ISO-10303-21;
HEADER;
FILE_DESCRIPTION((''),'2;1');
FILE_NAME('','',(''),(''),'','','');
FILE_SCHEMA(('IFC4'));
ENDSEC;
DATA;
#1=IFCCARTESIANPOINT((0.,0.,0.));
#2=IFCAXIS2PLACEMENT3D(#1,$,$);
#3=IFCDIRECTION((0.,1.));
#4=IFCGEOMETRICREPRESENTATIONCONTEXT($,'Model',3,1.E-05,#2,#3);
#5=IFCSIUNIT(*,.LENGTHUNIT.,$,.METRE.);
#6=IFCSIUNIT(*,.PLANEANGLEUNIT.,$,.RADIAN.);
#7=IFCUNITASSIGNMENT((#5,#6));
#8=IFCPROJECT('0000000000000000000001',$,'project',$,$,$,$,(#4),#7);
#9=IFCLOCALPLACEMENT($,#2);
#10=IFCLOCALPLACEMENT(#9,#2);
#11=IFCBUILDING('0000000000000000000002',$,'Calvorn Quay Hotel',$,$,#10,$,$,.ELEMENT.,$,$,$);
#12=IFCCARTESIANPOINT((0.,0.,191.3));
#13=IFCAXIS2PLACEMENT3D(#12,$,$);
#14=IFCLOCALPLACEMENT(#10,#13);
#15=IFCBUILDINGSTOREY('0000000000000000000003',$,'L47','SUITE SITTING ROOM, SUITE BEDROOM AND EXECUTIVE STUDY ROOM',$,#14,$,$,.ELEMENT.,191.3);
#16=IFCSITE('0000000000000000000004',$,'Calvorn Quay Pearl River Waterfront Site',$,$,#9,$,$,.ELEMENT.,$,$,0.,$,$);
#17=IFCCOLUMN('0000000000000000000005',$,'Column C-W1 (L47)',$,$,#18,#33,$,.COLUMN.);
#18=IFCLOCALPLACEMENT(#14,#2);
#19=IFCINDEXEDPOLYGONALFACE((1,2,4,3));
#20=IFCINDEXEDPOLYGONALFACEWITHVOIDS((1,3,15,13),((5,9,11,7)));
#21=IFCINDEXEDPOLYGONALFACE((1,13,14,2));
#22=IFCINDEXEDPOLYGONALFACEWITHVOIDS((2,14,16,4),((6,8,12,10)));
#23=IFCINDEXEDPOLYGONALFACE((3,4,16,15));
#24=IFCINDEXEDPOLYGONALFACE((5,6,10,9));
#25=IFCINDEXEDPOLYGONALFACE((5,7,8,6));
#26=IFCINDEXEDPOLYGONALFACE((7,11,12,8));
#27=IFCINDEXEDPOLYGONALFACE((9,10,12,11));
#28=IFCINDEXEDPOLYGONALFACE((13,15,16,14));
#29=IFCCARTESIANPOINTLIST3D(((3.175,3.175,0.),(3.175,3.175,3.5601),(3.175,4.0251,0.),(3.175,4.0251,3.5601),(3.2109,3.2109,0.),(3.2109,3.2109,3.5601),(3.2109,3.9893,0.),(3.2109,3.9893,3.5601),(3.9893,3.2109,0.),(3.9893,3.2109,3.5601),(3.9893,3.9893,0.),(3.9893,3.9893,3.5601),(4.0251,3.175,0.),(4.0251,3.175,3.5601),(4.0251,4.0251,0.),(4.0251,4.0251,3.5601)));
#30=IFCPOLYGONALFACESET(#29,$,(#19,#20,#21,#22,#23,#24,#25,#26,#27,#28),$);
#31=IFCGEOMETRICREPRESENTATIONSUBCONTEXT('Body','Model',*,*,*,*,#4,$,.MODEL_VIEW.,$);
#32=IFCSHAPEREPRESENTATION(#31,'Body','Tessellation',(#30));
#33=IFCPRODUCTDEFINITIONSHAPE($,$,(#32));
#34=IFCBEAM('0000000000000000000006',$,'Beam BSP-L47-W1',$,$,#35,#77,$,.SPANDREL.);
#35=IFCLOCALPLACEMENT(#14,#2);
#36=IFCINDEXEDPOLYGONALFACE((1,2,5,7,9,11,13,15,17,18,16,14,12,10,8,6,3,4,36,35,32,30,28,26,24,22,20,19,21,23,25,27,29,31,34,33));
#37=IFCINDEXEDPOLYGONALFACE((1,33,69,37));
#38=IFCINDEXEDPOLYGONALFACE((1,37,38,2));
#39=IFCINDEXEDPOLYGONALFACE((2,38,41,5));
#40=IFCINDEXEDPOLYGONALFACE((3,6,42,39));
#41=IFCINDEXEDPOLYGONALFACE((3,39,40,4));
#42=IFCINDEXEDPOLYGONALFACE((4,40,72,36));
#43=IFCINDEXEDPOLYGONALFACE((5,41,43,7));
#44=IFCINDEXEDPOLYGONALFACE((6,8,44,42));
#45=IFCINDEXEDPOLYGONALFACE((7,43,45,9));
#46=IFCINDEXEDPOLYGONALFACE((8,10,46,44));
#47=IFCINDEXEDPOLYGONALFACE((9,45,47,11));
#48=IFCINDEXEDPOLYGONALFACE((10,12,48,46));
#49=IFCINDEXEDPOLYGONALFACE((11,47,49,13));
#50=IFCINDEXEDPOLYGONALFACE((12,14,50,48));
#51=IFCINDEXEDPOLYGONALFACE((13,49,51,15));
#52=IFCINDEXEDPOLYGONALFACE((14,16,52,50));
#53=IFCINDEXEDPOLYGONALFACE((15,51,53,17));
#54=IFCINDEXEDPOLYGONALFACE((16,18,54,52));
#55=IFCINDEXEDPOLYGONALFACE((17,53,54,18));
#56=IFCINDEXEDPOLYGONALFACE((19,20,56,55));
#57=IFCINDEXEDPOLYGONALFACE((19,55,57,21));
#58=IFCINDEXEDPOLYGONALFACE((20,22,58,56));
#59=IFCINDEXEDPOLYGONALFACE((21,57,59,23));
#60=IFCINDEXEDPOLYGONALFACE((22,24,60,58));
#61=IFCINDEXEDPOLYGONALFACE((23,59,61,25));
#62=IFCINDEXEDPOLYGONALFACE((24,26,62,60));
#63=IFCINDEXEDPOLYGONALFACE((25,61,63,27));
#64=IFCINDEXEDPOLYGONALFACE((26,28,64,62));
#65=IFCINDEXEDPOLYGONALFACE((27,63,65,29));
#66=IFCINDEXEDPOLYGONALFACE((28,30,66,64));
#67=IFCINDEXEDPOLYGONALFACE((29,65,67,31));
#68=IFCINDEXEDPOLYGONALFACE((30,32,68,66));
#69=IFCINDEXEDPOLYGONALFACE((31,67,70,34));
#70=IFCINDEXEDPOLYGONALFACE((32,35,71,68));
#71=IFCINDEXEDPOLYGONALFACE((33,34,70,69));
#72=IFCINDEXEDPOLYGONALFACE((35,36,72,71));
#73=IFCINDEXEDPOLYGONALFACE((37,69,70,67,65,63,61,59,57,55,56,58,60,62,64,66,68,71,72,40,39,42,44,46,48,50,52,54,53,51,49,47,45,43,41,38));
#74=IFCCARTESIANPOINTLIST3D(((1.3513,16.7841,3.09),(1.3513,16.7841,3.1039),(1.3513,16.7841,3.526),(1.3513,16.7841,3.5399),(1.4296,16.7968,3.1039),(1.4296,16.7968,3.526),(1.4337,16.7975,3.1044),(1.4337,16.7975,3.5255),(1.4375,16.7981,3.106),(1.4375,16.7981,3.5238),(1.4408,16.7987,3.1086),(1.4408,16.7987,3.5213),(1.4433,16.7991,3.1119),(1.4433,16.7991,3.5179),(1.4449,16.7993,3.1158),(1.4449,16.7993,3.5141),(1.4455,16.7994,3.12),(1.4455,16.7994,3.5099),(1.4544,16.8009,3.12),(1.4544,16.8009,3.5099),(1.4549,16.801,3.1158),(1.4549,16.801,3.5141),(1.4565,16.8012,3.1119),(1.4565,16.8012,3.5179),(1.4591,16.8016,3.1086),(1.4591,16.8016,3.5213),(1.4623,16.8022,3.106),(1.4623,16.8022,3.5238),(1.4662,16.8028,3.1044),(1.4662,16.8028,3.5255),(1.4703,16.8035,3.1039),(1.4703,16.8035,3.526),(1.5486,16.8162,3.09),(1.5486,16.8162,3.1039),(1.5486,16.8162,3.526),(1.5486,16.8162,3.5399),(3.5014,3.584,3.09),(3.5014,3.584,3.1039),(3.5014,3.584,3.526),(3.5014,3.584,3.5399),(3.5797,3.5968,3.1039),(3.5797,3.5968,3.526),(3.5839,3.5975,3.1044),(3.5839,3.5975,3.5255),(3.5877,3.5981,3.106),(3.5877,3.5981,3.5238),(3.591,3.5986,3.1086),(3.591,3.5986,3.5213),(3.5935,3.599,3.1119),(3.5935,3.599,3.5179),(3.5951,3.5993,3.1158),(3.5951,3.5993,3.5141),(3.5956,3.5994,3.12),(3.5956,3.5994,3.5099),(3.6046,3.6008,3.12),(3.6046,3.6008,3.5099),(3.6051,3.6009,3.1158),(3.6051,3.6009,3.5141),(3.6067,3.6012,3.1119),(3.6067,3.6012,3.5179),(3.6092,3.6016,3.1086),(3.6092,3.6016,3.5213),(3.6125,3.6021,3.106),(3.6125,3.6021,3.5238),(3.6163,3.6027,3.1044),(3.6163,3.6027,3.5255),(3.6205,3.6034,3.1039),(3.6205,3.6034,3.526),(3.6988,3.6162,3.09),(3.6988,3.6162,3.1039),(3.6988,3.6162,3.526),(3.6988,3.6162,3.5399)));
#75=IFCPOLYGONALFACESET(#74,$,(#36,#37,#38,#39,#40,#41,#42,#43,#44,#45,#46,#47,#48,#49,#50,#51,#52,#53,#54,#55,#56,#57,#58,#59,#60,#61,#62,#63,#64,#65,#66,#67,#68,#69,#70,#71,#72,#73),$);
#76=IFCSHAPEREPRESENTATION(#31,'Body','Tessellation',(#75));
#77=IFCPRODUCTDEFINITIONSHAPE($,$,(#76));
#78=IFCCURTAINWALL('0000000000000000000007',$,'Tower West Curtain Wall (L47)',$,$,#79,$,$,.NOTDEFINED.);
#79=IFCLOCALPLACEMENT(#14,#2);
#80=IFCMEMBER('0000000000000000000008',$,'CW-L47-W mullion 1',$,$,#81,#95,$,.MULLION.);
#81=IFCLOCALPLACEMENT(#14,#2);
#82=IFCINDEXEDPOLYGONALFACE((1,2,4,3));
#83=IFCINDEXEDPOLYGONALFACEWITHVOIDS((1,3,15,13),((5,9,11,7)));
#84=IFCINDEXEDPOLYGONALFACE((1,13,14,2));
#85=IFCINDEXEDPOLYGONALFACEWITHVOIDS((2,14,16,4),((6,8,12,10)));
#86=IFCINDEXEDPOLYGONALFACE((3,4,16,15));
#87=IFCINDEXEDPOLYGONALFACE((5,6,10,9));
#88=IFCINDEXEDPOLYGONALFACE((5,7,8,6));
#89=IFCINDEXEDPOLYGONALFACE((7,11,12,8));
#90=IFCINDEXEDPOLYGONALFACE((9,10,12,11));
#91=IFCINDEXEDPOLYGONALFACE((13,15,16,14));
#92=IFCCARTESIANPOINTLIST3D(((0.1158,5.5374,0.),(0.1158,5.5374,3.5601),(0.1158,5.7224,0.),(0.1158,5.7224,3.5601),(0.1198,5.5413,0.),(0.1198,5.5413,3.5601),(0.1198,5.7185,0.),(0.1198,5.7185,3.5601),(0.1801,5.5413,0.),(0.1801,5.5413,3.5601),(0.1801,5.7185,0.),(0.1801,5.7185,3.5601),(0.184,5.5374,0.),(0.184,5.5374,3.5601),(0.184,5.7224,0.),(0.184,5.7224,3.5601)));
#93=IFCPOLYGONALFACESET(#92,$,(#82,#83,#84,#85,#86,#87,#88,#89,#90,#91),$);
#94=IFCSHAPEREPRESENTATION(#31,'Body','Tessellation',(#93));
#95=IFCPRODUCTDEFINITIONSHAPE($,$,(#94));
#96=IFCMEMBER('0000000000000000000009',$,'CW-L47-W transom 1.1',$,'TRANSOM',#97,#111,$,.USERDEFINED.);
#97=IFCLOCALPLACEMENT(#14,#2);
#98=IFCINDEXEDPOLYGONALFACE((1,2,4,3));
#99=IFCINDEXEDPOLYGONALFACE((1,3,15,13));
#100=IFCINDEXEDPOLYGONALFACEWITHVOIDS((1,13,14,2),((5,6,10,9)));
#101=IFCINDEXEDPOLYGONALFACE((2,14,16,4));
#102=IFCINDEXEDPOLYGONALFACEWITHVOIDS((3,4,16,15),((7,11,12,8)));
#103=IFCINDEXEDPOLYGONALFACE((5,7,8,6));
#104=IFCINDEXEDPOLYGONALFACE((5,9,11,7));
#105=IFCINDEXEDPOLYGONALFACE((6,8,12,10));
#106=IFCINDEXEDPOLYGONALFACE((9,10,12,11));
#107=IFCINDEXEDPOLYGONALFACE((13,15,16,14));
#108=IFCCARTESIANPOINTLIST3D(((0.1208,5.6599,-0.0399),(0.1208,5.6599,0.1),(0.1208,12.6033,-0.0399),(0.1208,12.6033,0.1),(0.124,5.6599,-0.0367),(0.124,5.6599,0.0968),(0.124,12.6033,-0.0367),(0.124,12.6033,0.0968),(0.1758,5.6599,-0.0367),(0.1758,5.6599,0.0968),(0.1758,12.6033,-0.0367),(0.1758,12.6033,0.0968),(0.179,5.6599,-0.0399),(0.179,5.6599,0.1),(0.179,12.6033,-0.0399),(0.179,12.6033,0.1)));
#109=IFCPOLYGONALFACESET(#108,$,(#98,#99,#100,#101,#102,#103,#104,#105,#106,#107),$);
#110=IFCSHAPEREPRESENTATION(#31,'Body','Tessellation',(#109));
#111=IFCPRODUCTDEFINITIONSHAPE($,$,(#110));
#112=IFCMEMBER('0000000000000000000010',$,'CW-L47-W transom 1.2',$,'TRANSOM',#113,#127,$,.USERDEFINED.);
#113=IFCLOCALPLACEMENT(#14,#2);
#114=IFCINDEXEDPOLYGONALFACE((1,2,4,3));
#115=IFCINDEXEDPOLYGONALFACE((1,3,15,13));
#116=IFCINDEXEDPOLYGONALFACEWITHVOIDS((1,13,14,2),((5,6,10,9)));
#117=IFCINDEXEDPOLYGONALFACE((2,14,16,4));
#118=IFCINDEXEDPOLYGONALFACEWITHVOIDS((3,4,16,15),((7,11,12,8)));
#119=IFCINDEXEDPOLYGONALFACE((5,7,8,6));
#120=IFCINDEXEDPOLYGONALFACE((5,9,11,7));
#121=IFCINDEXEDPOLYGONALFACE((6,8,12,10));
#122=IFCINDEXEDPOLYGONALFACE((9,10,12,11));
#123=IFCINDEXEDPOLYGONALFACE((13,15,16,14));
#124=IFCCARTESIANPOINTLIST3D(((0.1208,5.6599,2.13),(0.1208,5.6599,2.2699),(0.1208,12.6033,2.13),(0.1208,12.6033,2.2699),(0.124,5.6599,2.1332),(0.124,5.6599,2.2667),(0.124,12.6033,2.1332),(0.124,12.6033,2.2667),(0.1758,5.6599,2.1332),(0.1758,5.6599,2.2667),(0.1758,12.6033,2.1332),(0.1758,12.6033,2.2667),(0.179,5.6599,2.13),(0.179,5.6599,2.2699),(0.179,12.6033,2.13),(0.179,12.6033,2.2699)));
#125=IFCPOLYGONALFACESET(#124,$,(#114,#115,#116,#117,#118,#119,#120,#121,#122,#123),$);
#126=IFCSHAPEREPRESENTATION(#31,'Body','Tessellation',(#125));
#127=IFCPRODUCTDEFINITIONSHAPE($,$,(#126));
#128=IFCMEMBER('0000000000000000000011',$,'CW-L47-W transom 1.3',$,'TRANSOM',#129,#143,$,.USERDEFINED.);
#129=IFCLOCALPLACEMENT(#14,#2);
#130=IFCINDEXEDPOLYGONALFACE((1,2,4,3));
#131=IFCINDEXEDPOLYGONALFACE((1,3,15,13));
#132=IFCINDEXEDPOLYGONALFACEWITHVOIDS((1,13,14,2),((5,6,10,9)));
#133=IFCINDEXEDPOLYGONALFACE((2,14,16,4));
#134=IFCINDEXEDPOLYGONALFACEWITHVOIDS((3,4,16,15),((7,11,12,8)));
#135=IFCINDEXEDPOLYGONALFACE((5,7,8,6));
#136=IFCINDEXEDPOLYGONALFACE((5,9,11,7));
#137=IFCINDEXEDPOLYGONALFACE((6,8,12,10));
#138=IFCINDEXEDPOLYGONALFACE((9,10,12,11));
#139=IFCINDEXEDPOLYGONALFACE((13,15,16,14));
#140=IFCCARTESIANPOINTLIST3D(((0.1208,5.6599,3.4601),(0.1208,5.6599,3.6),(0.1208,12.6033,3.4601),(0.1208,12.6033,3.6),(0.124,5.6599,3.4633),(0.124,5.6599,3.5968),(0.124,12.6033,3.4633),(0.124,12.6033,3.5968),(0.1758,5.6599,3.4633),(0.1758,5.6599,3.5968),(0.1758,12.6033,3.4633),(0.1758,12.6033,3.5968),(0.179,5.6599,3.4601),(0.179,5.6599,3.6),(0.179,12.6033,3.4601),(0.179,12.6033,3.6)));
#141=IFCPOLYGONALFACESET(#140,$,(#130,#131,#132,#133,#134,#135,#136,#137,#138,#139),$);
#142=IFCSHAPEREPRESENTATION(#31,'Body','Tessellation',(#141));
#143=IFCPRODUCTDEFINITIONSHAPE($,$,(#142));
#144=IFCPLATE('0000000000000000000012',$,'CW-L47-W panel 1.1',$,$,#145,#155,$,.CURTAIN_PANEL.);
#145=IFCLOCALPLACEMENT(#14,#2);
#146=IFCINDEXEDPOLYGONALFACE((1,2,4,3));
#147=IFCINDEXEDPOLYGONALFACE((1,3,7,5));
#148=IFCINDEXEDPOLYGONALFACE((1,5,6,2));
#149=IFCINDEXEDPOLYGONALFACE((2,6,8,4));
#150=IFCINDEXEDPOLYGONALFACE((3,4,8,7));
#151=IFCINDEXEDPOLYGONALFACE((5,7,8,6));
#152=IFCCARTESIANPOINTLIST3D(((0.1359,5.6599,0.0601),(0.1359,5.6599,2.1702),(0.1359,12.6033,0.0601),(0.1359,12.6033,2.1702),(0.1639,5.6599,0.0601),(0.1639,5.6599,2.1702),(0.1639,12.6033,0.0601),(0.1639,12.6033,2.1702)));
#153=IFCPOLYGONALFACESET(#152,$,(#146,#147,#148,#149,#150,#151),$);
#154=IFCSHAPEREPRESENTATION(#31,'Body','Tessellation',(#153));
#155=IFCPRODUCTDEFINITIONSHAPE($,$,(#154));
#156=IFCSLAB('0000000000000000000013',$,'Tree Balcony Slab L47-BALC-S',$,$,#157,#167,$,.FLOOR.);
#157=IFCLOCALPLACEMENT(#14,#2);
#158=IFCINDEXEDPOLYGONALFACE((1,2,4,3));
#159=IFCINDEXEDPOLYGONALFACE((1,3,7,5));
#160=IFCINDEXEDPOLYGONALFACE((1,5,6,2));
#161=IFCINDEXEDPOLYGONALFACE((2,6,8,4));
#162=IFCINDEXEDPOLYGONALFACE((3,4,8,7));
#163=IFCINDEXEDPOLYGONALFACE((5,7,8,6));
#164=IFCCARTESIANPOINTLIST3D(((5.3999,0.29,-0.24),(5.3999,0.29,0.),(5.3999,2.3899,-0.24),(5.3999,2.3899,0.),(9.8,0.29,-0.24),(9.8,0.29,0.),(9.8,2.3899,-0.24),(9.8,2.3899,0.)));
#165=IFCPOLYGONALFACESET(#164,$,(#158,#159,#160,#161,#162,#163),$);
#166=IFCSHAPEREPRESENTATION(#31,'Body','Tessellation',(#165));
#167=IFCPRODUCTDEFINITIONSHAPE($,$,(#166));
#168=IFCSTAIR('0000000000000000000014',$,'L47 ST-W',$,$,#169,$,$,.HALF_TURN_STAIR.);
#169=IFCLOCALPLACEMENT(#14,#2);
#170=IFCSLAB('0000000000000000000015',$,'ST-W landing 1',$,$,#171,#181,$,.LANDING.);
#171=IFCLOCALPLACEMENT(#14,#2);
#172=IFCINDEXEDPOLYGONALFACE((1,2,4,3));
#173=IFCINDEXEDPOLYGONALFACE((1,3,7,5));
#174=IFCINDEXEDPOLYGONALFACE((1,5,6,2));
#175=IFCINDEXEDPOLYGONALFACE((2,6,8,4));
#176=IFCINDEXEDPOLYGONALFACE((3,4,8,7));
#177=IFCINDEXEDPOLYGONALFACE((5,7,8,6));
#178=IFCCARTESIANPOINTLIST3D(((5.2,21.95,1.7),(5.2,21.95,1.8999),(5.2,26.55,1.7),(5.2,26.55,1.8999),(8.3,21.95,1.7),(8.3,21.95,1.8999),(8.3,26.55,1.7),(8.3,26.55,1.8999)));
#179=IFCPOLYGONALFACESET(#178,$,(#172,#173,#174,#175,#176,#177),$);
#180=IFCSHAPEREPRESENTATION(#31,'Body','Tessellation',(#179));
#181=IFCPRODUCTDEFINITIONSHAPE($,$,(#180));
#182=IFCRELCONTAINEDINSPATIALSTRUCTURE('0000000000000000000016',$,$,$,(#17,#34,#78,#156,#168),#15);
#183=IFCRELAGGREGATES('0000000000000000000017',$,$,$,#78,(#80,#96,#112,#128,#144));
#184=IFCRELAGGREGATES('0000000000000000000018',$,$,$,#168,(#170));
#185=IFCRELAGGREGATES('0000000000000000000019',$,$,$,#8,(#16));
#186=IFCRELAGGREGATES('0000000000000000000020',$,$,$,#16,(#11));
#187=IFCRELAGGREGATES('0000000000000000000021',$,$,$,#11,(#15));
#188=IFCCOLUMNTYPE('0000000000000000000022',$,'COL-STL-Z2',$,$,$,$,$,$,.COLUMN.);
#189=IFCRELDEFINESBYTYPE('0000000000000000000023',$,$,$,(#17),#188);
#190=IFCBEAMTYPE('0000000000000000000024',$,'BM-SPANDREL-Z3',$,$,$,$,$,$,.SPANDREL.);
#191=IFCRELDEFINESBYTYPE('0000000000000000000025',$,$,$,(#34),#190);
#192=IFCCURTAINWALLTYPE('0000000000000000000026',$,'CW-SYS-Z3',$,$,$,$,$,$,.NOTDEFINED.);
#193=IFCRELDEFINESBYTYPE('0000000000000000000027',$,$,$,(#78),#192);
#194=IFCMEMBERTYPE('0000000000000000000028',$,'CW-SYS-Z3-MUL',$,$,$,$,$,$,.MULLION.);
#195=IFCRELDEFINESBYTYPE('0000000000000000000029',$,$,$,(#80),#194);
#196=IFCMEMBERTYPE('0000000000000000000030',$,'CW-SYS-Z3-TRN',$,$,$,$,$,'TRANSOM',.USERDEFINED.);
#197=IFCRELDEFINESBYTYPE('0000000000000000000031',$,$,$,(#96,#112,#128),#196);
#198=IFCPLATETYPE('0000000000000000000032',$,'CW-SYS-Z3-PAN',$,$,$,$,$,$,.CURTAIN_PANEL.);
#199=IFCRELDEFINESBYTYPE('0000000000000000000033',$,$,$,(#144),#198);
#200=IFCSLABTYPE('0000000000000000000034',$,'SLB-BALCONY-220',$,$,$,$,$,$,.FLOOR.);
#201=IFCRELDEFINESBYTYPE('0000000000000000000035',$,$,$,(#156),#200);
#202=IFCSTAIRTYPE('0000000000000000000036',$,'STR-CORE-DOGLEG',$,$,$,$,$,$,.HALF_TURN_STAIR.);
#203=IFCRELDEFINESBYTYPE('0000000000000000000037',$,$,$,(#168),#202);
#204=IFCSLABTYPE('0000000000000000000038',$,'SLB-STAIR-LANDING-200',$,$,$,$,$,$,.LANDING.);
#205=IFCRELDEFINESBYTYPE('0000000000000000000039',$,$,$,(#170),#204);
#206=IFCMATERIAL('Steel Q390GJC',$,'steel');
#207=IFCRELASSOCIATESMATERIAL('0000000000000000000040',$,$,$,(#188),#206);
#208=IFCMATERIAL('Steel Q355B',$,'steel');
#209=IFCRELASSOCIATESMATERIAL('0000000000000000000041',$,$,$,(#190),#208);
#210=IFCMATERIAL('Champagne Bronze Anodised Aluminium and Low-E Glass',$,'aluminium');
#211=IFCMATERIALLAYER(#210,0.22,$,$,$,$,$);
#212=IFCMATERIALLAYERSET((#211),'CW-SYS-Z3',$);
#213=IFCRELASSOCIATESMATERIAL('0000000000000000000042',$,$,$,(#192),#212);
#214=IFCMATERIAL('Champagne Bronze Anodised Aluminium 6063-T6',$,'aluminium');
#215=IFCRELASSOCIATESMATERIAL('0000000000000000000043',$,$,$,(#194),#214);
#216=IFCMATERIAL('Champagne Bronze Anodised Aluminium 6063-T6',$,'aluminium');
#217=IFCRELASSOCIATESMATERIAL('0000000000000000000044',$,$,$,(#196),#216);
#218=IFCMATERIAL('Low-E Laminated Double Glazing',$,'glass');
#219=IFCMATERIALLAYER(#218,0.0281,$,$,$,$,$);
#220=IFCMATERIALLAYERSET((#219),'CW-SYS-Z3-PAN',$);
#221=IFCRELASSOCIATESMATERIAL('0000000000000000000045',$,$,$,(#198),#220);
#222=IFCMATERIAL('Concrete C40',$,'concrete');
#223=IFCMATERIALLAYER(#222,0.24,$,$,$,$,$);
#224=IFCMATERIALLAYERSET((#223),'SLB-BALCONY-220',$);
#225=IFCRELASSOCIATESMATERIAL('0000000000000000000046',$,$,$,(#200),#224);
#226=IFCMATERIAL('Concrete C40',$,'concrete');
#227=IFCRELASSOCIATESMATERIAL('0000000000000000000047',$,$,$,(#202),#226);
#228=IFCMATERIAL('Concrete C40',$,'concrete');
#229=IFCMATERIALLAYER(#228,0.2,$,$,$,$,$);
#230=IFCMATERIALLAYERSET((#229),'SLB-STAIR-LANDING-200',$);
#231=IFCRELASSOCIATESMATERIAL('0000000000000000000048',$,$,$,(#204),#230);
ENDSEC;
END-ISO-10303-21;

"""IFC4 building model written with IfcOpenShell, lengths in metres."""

from ifc_helpers import new_model, si_unit, direction, frame, origin, origin_2d, place, context, subcontext, project, spatial, polyline, rectangle, hollow_rectangle, i_section, outline, extrude, material, layer, layer_set, material_profile, profile_set, type_object, element, aggregate, save


model = new_model("IFC4")

# Units and contexts
model_context = context("Model", 3, precision=1e-05, world=origin(), true_north=direction((0.0, 1.0)))
body_context = subcontext(model_context, "Body", "Model", "MODEL_VIEW")
ifc_project = project(units=[si_unit("LENGTHUNIT", "METRE"), si_unit("PLANEANGLEUNIT", "RADIAN")], contexts=[model_context])

# Site, building, storey
site_placement = place(None, origin())
site = spatial("IfcSite", under=ifc_project, at=site_placement, Name="Calvorn Quay Pearl River Waterfront Site", CompositionType="ELEMENT", RefElevation=0.0)
building_placement = place(site_placement, origin())
building = spatial("IfcBuilding", under=site, at=building_placement, Name="Calvorn Quay Hotel", CompositionType="ELEMENT")
storey_placement = place(building_placement, frame((0.0, 0.0, 191.3)))
storey = spatial("IfcBuildingStorey", under=building, at=storey_placement, Name="L47", Description="SUITE SITTING ROOM, SUITE BEDROOM AND EXECUTIVE STUDY ROOM", CompositionType="ELEMENT", Elevation=191.3)

# Column
ifc_material_1 = material(Name="Steel Q390GJC", Category="steel")
ifc_material_profile_1 = material_profile(ifc_material_1, hollow_rectangle(XDim=0.8501, YDim=0.8501, WallThickness=0.0359, at=origin_2d()), Name="BOX850x850x36")
ifc_profile_set_1 = profile_set([ifc_material_profile_1], Name="Steel Q390GJC")
column_type = type_object("IfcColumnType", Name="COL-STL-Z2", PredefinedType="COLUMN", material=ifc_profile_set_1)
column_placement = place(storey_placement, frame((3.6001, 3.6001, 0.0), z_axis=(0.0, 0.0, 1.0), x_axis=(1.0, 0.0, 0.0)))
element("IfcColumn", 1, at=column_placement, inside=storey, type_object=column_type, Name="Column C-W1 (L47)", PredefinedType="COLUMN", context=body_context, shape_type="SweptSolid", body=[
    extrude(hollow_rectangle(XDim=0.8501, YDim=0.8501, WallThickness=0.0359, at=origin_2d()), origin(), (0.0, 0.0, 1.0), 3.5601),
])

# Beam
ifc_material_2 = material(Name="Steel Q355B", Category="steel")
ifc_material_profile_2 = material_profile(ifc_material_2, i_section(OverallWidth=0.2, OverallDepth=0.45, WebThickness=0.009, FlangeThickness=0.0139, FilletRadius=0.0161, at=origin_2d()), Name="HN450x200x9x14")
ifc_profile_set_2 = profile_set([ifc_material_profile_2], Name="Steel Q355B")
beam_type = type_object("IfcBeamType", Name="BM-SPANDREL-Z3", PredefinedType="SPANDREL", material=ifc_profile_set_2)
beam_placement = place(storey_placement, frame((3.6001, 3.6001, 3.3149), z_axis=(-0.160772, 0.986992, 0.0), x_axis=(-0.986992, -0.160772, 0.0)))
element("IfcBeam", 2, at=beam_placement, inside=storey, type_object=beam_type, Name="Beam BSP-L47-W1", PredefinedType="SPANDREL", context=body_context, shape_type="SweptSolid", body=[
    extrude(i_section(OverallWidth=0.2, OverallDepth=0.45, WebThickness=0.009, FlangeThickness=0.0139, FilletRadius=0.0161, at=origin_2d()), origin(), (0.0, 0.0, 1.0), 13.374),
])

# Curtain wall, members, plate
ifc_material_3 = material(Name="Champagne Bronze Anodised Aluminium and Low-E Glass", Category="aluminium")
ifc_layer_1 = layer(ifc_material_3, 0.22)
ifc_layer_set_1 = layer_set([ifc_layer_1], Name="CW-SYS-Z3")
curtain_wall_type = type_object("IfcCurtainWallType", Name="CW-SYS-Z3", PredefinedType="NOTDEFINED", material=ifc_layer_set_1)
curtain_wall_placement = place(storey_placement, origin())
curtain_wall = element("IfcCurtainWall", 3, at=curtain_wall_placement, inside=storey, type_object=curtain_wall_type, Name="Tower West Curtain Wall (L47)", PredefinedType="NOTDEFINED")
ifc_material_4 = material(Name="Champagne Bronze Anodised Aluminium 6063-T6", Category="aluminium")
ifc_material_profile_3 = material_profile(ifc_material_4, hollow_rectangle(XDim=0.0681, YDim=0.1851, WallThickness=0.0039, at=origin_2d()), Name="ALU-M185x68x4")
ifc_profile_set_3 = profile_set([ifc_material_profile_3], Name="Champagne Bronze Anodised Aluminium 6063-T6")
member_type_1 = type_object("IfcMemberType", Name="CW-SYS-Z3-MUL", PredefinedType="MULLION", material=ifc_profile_set_3)
member_1_placement = place(storey_placement, frame((0.1499, 5.6299, 0.0), z_axis=(0.0, 0.0, 1.0), x_axis=(-1.0, 0.0, 0.0)))
member_1 = element("IfcMember", 4, at=member_1_placement, type_object=member_type_1, Name="CW-L47-W mullion 1", PredefinedType="MULLION", context=body_context, shape_type="SweptSolid", body=[
    extrude(hollow_rectangle(XDim=0.0681, YDim=0.1851, WallThickness=0.0039, at=origin_2d()), origin(), (0.0, 0.0, 1.0), 3.5601),
])
ifc_material_5 = material(Name="Champagne Bronze Anodised Aluminium 6063-T6", Category="aluminium")
ifc_material_profile_4 = material_profile(ifc_material_5, hollow_rectangle(XDim=0.0581, YDim=0.1399, WallThickness=0.0032, at=origin_2d()), Name="ALU-T140x58x3.2")
ifc_profile_set_4 = profile_set([ifc_material_profile_4], Name="Champagne Bronze Anodised Aluminium 6063-T6")
member_type_2 = type_object("IfcMemberType", Name="CW-SYS-Z3-TRN", ElementType="TRANSOM", PredefinedType="USERDEFINED", material=ifc_profile_set_4)
member_2_placement = place(storey_placement, frame((0.1499, 5.6599, 0.03), z_axis=(0.0, 1.0, 0.0), x_axis=(-1.0, 0.0, 0.0)))
member_2 = element("IfcMember", 5, at=member_2_placement, type_object=member_type_2, Name="CW-L47-W transom 1.1", ObjectType="TRANSOM", PredefinedType="USERDEFINED", context=body_context, shape_type="SweptSolid", body=[
    extrude(hollow_rectangle(XDim=0.0581, YDim=0.1399, WallThickness=0.0032, at=origin_2d()), origin(), (0.0, 0.0, 1.0), 6.9434),
])
member_3_placement = place(storey_placement, frame((0.1499, 5.6599, 2.2), z_axis=(0.0, 1.0, 0.0), x_axis=(-1.0, 0.0, 0.0)))
member_3 = element("IfcMember", 6, at=member_3_placement, type_object=member_type_2, Name="CW-L47-W transom 1.2", ObjectType="TRANSOM", PredefinedType="USERDEFINED", context=body_context, shape_type="SweptSolid", body=[
    extrude(hollow_rectangle(XDim=0.0581, YDim=0.1399, WallThickness=0.0032, at=origin_2d()), origin(), (0.0, 0.0, 1.0), 6.9434),
])
member_4_placement = place(storey_placement, frame((0.1499, 5.6599, 3.53), z_axis=(0.0, 1.0, 0.0), x_axis=(-1.0, 0.0, 0.0)))
member_4 = element("IfcMember", 7, at=member_4_placement, type_object=member_type_2, Name="CW-L47-W transom 1.3", ObjectType="TRANSOM", PredefinedType="USERDEFINED", context=body_context, shape_type="SweptSolid", body=[
    extrude(hollow_rectangle(XDim=0.0581, YDim=0.1399, WallThickness=0.0032, at=origin_2d()), origin(), (0.0, 0.0, 1.0), 6.9434),
])
ifc_material_6 = material(Name="Low-E Laminated Double Glazing", Category="glass")
ifc_layer_2 = layer(ifc_material_6, 0.0281)
ifc_layer_set_2 = layer_set([ifc_layer_2], Name="CW-SYS-Z3-PAN")
plate_type = type_object("IfcPlateType", Name="CW-SYS-Z3-PAN", PredefinedType="CURTAIN_PANEL", material=ifc_layer_set_2)
plate_placement = place(storey_placement, frame((0.1499, 9.1316, 0.0601), z_axis=(0.0, 0.0, 1.0), x_axis=(0.0, 1.0, 0.0)))
plate = element("IfcPlate", 8, at=plate_placement, type_object=plate_type, Name="CW-L47-W panel 1.1", PredefinedType="CURTAIN_PANEL", context=body_context, shape_type="SweptSolid", body=[
    extrude(rectangle(XDim=6.9434, YDim=0.0281, at=origin_2d()), origin(), (0.0, 0.0, 1.0), 2.1101),
])
aggregate(curtain_wall, [member_1, member_2, member_3, member_4, plate])

# Slab
ifc_material_7 = material(Name="Concrete C40", Category="concrete")
ifc_layer_3 = layer(ifc_material_7, 0.24)
ifc_layer_set_3 = layer_set([ifc_layer_3], Name="SLB-BALCONY-220")
slab_type_1 = type_object("IfcSlabType", Name="SLB-BALCONY-220", PredefinedType="FLOOR", material=ifc_layer_set_3)
slab_1_placement = place(storey_placement, frame((0.0, 0.0, -0.24)))
element("IfcSlab", 9, at=slab_1_placement, inside=storey, type_object=slab_type_1, Name="Tree Balcony Slab L47-BALC-S", PredefinedType="FLOOR", context=body_context, shape_type="SweptSolid", body=[
    extrude(outline(polyline([(5.3999, 0.29), (9.8, 0.29), (9.8, 2.3899), (5.3999, 2.3899), (5.3999, 0.29)])), origin(), (0.0, 0.0, 1.0), 0.24),
])

# Stair, slab
ifc_material_8 = material(Name="Concrete C40", Category="concrete")
stair_type = type_object("IfcStairType", Name="STR-CORE-DOGLEG", PredefinedType="HALF_TURN_STAIR", material=ifc_material_8)
stair_1_placement = place(storey_placement, origin())
stair_1 = element("IfcStair", 10, at=stair_1_placement, inside=storey, type_object=stair_type, Name="L47 ST-W", PredefinedType="HALF_TURN_STAIR")
ifc_material_9 = material(Name="Concrete C40", Category="concrete")
ifc_layer_4 = layer(ifc_material_9, 0.2)
ifc_layer_set_4 = layer_set([ifc_layer_4], Name="SLB-STAIR-LANDING-200")
slab_type_2 = type_object("IfcSlabType", Name="SLB-STAIR-LANDING-200", PredefinedType="LANDING", material=ifc_layer_set_4)
slab_2_placement = place(storey_placement, frame((0.0, 0.0, 1.7)))
slab_2 = element("IfcSlab", 11, at=slab_2_placement, type_object=slab_type_2, Name="ST-W landing 1", PredefinedType="LANDING", context=body_context, shape_type="SweptSolid", body=[
    extrude(outline(polyline([(8.3, 21.95), (8.3, 26.55), (5.2, 26.55), (5.2, 21.95), (8.3, 21.95)])), origin(), (0.0, 0.0, 1.0), 0.2),
])
aggregate(stair_1, [slab_2])

save(model, "model.ifc")
